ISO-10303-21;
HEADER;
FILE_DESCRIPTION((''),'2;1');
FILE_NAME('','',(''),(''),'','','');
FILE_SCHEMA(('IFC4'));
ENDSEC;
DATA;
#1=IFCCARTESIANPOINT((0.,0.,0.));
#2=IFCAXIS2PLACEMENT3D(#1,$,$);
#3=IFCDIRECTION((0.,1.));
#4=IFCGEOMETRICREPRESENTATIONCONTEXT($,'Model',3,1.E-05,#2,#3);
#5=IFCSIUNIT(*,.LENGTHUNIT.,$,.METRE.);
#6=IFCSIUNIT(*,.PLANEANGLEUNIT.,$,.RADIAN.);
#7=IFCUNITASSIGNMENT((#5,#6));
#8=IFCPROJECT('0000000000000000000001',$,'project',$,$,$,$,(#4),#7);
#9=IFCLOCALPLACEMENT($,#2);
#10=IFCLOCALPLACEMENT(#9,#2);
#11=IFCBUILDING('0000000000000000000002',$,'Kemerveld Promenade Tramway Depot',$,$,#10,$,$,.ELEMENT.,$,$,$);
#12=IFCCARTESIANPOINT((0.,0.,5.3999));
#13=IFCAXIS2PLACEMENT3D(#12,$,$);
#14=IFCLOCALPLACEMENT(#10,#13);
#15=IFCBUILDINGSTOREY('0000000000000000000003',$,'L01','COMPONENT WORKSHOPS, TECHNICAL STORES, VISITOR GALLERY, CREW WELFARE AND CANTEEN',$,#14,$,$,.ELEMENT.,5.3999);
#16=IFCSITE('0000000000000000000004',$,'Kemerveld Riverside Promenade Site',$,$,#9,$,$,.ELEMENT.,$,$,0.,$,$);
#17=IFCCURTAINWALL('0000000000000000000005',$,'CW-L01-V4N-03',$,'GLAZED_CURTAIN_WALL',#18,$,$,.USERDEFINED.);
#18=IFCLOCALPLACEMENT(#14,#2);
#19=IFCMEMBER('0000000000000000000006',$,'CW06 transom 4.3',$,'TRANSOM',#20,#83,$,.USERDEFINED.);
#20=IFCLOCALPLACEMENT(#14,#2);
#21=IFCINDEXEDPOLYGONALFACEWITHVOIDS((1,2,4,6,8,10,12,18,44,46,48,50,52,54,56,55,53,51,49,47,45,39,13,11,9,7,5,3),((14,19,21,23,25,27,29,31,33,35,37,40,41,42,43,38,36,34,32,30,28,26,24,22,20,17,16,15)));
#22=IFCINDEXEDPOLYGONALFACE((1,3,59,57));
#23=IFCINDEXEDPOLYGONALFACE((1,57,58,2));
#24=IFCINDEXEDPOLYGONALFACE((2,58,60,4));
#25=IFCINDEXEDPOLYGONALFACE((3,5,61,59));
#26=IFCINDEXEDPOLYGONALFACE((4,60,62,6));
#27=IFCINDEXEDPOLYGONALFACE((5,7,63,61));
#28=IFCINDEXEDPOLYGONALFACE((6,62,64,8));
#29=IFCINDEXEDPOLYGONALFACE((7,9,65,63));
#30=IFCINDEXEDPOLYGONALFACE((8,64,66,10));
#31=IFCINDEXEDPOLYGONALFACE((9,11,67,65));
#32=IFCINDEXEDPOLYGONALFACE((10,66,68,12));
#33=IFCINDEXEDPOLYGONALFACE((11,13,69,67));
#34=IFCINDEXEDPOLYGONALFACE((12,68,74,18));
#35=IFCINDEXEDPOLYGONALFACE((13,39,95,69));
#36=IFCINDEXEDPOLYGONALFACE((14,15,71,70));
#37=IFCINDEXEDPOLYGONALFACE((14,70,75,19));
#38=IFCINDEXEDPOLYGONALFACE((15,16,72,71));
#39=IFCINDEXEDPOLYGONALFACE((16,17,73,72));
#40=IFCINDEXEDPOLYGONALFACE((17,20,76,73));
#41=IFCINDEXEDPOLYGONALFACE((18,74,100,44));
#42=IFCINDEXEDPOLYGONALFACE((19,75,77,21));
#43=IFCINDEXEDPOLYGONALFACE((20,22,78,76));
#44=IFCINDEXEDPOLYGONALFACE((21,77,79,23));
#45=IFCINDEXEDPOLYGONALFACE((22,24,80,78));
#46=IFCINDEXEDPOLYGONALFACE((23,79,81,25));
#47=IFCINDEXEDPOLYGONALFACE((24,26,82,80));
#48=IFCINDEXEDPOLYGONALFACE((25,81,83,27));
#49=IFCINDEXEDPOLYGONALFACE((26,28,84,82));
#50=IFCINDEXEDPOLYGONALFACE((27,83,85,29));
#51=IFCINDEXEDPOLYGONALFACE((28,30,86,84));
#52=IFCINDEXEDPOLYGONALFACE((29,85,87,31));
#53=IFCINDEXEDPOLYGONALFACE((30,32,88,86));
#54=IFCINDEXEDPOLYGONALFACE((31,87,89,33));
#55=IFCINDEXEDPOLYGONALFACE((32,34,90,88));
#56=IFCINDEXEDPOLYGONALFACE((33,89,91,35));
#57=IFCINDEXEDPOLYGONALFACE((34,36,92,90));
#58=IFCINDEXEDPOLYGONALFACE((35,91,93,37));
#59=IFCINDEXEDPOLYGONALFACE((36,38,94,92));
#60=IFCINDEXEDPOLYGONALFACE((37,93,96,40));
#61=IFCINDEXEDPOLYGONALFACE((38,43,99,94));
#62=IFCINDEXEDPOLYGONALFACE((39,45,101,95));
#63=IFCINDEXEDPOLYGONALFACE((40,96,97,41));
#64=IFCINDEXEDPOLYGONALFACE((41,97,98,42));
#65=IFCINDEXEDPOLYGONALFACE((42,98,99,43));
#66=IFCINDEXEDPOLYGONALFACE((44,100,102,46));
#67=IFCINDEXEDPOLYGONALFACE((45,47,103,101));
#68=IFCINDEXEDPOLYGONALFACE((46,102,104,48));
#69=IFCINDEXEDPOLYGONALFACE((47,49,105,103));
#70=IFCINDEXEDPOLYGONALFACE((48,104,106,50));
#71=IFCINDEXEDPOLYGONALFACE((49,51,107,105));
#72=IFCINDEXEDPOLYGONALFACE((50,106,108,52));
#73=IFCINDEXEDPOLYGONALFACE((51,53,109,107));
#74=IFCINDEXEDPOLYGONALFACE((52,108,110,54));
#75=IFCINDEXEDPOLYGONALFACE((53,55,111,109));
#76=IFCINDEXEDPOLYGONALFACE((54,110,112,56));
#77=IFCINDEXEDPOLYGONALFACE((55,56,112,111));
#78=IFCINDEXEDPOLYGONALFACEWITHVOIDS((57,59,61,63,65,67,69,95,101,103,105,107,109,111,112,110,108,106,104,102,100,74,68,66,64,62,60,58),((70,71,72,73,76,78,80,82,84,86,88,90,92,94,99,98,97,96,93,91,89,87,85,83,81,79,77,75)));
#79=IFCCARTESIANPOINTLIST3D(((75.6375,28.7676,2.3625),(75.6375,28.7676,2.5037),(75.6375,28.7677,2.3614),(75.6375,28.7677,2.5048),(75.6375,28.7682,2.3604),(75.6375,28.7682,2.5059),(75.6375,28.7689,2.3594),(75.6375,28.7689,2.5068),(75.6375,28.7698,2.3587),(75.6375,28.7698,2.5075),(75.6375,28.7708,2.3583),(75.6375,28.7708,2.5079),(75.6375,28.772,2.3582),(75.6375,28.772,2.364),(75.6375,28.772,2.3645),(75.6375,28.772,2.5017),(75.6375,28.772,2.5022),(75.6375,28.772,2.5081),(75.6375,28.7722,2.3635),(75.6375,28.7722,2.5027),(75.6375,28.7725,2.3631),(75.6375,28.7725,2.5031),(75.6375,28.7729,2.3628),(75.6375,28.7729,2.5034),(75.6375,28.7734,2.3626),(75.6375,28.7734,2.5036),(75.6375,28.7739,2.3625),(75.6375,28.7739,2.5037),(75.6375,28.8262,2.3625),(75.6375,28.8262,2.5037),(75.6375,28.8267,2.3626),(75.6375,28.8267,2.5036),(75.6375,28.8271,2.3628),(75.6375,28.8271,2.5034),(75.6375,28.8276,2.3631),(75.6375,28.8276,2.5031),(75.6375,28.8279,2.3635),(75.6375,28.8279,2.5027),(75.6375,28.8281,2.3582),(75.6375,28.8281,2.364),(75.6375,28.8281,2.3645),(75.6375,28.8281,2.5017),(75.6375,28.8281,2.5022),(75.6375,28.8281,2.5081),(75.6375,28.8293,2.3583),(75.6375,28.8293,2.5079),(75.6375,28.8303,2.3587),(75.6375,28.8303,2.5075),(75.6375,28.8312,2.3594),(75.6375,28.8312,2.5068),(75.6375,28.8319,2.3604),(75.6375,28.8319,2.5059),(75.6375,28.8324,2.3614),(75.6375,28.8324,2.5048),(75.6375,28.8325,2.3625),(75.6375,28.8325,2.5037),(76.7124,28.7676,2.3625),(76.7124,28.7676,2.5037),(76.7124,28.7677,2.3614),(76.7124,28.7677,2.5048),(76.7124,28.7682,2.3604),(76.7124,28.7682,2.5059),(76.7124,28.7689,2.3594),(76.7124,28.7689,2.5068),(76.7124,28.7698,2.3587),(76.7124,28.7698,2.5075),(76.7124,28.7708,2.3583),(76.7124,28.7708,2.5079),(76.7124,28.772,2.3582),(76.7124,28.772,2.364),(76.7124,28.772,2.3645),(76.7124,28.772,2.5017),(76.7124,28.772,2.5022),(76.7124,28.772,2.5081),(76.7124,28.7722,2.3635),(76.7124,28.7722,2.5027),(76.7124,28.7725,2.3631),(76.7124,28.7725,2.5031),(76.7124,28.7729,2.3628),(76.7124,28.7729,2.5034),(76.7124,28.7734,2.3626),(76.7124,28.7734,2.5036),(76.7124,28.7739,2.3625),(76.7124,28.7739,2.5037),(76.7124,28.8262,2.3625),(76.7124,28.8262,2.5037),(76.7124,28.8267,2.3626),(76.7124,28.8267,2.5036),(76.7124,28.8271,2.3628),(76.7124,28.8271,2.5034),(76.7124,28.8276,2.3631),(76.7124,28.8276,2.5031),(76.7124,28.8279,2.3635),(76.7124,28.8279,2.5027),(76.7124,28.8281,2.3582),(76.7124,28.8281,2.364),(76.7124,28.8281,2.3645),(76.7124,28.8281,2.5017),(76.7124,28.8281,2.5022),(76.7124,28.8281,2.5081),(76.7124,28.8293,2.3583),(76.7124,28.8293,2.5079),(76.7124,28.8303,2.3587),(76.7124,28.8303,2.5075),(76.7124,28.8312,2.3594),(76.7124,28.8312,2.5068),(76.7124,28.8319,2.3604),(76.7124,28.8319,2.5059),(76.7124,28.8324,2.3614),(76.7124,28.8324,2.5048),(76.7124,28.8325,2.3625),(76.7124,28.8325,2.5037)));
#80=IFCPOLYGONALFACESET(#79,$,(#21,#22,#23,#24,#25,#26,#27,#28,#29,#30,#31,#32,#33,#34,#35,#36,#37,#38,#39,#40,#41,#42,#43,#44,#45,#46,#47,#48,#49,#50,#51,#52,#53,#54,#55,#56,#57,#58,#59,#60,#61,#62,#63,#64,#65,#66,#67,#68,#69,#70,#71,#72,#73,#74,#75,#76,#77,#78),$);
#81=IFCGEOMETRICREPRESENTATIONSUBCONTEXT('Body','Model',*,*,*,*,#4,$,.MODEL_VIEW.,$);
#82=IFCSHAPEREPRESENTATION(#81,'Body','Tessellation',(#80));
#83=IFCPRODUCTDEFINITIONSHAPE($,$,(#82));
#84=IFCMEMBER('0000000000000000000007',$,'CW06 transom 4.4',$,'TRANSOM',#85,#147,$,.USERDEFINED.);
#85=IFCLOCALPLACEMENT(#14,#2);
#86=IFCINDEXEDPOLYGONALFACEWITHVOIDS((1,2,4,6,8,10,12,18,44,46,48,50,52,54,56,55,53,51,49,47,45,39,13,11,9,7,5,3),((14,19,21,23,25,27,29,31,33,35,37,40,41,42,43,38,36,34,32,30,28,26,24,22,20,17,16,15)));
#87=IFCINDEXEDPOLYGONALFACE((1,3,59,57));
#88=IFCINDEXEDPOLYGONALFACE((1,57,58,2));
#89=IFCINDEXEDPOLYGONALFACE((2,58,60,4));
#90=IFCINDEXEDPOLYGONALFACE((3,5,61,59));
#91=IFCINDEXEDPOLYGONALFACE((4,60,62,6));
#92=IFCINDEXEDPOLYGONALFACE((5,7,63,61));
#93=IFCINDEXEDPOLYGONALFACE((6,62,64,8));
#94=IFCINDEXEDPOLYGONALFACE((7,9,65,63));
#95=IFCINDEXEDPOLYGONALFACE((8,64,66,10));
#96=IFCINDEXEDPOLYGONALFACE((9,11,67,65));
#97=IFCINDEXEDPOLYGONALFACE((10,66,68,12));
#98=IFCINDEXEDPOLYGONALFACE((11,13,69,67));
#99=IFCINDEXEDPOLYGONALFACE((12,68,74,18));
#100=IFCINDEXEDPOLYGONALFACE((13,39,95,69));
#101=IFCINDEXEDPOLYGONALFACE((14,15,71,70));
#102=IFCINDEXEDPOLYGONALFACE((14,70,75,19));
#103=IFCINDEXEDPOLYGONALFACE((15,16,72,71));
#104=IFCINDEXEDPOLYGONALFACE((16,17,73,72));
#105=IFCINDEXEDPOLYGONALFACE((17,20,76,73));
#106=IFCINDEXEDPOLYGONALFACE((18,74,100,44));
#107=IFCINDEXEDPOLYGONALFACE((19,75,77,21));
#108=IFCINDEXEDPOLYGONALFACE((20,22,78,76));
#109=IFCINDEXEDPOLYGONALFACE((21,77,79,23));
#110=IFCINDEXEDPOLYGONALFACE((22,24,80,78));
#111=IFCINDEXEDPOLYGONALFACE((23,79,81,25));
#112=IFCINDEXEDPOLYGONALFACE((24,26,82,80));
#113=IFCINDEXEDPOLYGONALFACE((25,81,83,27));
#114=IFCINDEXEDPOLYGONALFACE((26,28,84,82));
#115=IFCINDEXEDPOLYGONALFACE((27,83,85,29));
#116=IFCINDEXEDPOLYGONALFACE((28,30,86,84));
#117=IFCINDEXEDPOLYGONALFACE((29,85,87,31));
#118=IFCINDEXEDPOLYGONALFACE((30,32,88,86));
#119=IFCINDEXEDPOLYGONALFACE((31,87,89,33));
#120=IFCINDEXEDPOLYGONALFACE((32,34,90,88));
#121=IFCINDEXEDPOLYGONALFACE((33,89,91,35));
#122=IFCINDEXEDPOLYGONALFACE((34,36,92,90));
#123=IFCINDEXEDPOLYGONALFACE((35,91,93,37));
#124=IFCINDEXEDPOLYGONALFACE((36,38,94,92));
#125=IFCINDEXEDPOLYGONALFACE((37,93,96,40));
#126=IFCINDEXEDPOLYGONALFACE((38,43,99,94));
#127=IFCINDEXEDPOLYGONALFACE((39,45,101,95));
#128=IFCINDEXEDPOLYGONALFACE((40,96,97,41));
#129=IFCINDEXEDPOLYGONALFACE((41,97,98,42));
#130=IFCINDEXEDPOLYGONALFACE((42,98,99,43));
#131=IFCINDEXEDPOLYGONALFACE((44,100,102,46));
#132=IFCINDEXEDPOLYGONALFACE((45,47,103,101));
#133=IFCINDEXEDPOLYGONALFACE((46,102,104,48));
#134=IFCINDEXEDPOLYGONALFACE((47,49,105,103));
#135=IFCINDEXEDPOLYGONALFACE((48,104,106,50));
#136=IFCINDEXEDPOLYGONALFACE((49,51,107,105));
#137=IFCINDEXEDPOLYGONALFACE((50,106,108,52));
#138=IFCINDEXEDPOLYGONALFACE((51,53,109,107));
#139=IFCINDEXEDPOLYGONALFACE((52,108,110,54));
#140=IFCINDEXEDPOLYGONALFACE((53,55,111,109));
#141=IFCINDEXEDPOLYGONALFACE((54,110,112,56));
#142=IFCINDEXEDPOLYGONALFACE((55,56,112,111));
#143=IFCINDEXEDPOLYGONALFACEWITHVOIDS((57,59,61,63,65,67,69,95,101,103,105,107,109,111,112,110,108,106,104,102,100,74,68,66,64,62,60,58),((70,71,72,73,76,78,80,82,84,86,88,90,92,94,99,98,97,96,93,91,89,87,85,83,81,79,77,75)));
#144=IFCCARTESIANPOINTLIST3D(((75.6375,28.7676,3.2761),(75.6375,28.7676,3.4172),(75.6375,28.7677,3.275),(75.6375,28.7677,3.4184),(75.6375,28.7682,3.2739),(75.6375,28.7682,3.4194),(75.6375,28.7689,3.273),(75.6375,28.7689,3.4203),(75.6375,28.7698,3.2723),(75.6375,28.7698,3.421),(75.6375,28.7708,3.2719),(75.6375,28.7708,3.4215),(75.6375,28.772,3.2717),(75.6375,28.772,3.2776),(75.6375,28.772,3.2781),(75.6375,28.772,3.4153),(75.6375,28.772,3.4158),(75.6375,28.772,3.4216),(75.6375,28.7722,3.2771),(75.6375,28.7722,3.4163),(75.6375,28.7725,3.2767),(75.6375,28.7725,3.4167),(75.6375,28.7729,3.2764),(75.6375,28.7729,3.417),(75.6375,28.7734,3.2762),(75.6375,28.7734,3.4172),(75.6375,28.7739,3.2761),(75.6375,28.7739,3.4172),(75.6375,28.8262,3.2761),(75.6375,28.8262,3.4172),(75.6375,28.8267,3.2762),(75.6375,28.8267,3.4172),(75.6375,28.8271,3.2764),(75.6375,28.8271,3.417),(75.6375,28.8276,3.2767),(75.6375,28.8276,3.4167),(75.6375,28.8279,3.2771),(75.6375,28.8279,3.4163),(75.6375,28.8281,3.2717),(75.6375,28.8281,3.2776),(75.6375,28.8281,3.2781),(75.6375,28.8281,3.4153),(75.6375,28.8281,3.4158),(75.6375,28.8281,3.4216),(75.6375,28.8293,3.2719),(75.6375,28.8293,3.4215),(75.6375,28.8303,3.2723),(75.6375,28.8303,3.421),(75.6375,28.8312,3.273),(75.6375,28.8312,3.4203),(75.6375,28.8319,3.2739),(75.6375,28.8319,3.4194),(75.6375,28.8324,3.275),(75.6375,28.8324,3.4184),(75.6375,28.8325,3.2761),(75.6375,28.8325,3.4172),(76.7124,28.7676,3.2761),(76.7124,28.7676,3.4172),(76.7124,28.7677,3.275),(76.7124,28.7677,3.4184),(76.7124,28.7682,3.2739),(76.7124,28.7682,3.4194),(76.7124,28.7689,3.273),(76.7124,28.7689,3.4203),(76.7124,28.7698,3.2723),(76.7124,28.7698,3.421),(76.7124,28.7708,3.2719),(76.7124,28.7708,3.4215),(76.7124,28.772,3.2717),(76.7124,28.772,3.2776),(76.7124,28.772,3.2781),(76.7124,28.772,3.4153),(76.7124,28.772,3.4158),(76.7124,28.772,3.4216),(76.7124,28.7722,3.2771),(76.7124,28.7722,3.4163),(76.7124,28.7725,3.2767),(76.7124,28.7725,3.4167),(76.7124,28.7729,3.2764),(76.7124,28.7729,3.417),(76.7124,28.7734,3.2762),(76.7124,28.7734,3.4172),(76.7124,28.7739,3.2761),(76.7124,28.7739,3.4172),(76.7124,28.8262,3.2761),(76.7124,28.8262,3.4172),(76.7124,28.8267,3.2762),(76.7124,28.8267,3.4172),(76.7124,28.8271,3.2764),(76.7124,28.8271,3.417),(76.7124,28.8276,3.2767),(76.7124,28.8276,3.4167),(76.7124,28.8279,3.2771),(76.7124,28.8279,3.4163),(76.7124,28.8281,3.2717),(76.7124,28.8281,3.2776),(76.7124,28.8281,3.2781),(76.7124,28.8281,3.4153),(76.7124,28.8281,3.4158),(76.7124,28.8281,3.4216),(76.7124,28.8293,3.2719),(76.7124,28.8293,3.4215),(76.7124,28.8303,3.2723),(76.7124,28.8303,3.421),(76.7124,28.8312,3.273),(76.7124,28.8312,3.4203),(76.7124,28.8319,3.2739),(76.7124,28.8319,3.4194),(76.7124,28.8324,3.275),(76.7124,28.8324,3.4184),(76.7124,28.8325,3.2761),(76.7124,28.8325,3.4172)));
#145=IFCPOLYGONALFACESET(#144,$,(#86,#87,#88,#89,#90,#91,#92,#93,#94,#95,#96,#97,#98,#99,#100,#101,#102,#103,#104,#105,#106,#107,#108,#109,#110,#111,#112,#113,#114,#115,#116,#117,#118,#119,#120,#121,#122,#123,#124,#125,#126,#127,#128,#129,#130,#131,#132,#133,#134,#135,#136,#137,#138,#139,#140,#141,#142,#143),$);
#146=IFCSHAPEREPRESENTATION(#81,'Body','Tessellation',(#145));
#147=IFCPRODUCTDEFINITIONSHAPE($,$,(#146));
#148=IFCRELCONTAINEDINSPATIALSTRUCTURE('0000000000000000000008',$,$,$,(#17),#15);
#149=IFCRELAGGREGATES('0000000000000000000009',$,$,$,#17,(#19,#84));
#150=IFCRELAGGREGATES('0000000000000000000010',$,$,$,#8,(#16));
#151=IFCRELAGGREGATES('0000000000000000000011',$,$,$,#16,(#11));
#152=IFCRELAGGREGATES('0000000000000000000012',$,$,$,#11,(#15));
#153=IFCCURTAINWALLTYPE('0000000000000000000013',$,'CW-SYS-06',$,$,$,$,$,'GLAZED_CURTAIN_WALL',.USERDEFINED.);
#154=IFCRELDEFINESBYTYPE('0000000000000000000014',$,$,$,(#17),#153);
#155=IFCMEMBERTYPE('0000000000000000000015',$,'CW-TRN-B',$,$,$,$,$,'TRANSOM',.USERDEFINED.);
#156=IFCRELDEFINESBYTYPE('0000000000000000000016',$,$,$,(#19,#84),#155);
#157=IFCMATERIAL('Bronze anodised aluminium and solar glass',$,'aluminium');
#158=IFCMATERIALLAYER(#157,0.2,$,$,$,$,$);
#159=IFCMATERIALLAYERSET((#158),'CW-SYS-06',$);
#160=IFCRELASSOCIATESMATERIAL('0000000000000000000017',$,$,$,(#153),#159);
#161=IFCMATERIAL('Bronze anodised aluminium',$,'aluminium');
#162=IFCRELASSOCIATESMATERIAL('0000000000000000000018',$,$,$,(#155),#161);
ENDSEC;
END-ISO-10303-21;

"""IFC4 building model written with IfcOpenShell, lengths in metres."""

from ifc_helpers import new_model, si_unit, direction, frame, origin, origin_2d, place, context, subcontext, project, spatial, hollow_rectangle, extrude, material, layer, layer_set, material_profile, profile_set, type_object, element, aggregate, save


model = new_model("IFC4")

# Units and contexts
model_context = context("Model", 3, precision=1e-05, world=origin(), true_north=direction((0.0, 1.0)))
body_context = subcontext(model_context, "Body", "Model", "MODEL_VIEW")
ifc_project = project(units=[si_unit("LENGTHUNIT", "METRE"), si_unit("PLANEANGLEUNIT", "RADIAN")], contexts=[model_context])

# Site, building, storey
site_placement = place(None, origin())
site = spatial("IfcSite", under=ifc_project, at=site_placement, Name="Kemerveld Riverside Promenade Site", CompositionType="ELEMENT", RefElevation=0.0)
building_placement = place(site_placement, origin())
building = spatial("IfcBuilding", under=site, at=building_placement, Name="Kemerveld Promenade Tramway Depot", CompositionType="ELEMENT")
storey_placement = place(building_placement, frame((0.0, 0.0, 5.3999)))
storey = spatial("IfcBuildingStorey", under=building, at=storey_placement, Name="L01", Description="COMPONENT WORKSHOPS, TECHNICAL STORES, VISITOR GALLERY, CREW WELFARE AND CANTEEN", CompositionType="ELEMENT", Elevation=5.3999)

# Curtain wall, members
ifc_material_1 = material(Name="Bronze anodised aluminium and solar glass", Category="aluminium")
ifc_layer_1 = layer(ifc_material_1, 0.2)
ifc_layer_set_1 = layer_set([ifc_layer_1], Name="CW-SYS-06")
curtain_wall_type = type_object("IfcCurtainWallType", Name="CW-SYS-06", ElementType="GLAZED_CURTAIN_WALL", PredefinedType="USERDEFINED", material=ifc_layer_set_1)
curtain_wall_placement = place(storey_placement, origin())
curtain_wall = element("IfcCurtainWall", 1, at=curtain_wall_placement, inside=storey, type_object=curtain_wall_type, Name="CW-L01-V4N-03", ObjectType="GLAZED_CURTAIN_WALL", PredefinedType="USERDEFINED")
ifc_material_2 = material(Name="Bronze anodised aluminium", Category="aluminium")
ifc_material_profile_1 = material_profile(ifc_material_2, hollow_rectangle(XDim=0.0649, YDim=0.1499, WallThickness=0.0044, InnerFilletRadius=0.002, OuterFilletRadius=0.0044, at=origin_2d()), Name="CW-TRN-150x65")
ifc_profile_set_1 = profile_set([ifc_material_profile_1], Name="Bronze anodised aluminium")
member_type_1 = type_object("IfcMemberType", Name="CW-TRN-B", ElementType="TRANSOM", PredefinedType="USERDEFINED", material=ifc_profile_set_1)
member_1_placement = place(storey_placement, frame((75.6375, 28.8, 2.4331), z_axis=(1.0, 0.0, 0.0), x_axis=(0.0, 1.0, 0.0)))
member_1 = element("IfcMember", 2, at=member_1_placement, type_object=member_type_1, Name="CW06 transom 4.3", ObjectType="TRANSOM", PredefinedType="USERDEFINED", context=body_context, shape_type="SweptSolid", body=[
    extrude(hollow_rectangle(XDim=0.0649, YDim=0.1499, WallThickness=0.0044, InnerFilletRadius=0.002, OuterFilletRadius=0.0044, at=origin_2d()), origin(), (0.0, 0.0, 1.0), 1.075),
])
member_2_placement = place(storey_placement, frame((75.6375, 28.8, 3.3467), z_axis=(1.0, 0.0, 0.0), x_axis=(0.0, 1.0, 0.0)))
member_2 = element("IfcMember", 3, at=member_2_placement, type_object=member_type_1, Name="CW06 transom 4.4", ObjectType="TRANSOM", PredefinedType="USERDEFINED", context=body_context, shape_type="SweptSolid", body=[
    extrude(hollow_rectangle(XDim=0.0649, YDim=0.1499, WallThickness=0.0044, InnerFilletRadius=0.002, OuterFilletRadius=0.0044, at=origin_2d()), origin(), (0.0, 0.0, 1.0), 1.075),
])
aggregate(curtain_wall, [member_1, member_2])

save(model, "model.ifc")
